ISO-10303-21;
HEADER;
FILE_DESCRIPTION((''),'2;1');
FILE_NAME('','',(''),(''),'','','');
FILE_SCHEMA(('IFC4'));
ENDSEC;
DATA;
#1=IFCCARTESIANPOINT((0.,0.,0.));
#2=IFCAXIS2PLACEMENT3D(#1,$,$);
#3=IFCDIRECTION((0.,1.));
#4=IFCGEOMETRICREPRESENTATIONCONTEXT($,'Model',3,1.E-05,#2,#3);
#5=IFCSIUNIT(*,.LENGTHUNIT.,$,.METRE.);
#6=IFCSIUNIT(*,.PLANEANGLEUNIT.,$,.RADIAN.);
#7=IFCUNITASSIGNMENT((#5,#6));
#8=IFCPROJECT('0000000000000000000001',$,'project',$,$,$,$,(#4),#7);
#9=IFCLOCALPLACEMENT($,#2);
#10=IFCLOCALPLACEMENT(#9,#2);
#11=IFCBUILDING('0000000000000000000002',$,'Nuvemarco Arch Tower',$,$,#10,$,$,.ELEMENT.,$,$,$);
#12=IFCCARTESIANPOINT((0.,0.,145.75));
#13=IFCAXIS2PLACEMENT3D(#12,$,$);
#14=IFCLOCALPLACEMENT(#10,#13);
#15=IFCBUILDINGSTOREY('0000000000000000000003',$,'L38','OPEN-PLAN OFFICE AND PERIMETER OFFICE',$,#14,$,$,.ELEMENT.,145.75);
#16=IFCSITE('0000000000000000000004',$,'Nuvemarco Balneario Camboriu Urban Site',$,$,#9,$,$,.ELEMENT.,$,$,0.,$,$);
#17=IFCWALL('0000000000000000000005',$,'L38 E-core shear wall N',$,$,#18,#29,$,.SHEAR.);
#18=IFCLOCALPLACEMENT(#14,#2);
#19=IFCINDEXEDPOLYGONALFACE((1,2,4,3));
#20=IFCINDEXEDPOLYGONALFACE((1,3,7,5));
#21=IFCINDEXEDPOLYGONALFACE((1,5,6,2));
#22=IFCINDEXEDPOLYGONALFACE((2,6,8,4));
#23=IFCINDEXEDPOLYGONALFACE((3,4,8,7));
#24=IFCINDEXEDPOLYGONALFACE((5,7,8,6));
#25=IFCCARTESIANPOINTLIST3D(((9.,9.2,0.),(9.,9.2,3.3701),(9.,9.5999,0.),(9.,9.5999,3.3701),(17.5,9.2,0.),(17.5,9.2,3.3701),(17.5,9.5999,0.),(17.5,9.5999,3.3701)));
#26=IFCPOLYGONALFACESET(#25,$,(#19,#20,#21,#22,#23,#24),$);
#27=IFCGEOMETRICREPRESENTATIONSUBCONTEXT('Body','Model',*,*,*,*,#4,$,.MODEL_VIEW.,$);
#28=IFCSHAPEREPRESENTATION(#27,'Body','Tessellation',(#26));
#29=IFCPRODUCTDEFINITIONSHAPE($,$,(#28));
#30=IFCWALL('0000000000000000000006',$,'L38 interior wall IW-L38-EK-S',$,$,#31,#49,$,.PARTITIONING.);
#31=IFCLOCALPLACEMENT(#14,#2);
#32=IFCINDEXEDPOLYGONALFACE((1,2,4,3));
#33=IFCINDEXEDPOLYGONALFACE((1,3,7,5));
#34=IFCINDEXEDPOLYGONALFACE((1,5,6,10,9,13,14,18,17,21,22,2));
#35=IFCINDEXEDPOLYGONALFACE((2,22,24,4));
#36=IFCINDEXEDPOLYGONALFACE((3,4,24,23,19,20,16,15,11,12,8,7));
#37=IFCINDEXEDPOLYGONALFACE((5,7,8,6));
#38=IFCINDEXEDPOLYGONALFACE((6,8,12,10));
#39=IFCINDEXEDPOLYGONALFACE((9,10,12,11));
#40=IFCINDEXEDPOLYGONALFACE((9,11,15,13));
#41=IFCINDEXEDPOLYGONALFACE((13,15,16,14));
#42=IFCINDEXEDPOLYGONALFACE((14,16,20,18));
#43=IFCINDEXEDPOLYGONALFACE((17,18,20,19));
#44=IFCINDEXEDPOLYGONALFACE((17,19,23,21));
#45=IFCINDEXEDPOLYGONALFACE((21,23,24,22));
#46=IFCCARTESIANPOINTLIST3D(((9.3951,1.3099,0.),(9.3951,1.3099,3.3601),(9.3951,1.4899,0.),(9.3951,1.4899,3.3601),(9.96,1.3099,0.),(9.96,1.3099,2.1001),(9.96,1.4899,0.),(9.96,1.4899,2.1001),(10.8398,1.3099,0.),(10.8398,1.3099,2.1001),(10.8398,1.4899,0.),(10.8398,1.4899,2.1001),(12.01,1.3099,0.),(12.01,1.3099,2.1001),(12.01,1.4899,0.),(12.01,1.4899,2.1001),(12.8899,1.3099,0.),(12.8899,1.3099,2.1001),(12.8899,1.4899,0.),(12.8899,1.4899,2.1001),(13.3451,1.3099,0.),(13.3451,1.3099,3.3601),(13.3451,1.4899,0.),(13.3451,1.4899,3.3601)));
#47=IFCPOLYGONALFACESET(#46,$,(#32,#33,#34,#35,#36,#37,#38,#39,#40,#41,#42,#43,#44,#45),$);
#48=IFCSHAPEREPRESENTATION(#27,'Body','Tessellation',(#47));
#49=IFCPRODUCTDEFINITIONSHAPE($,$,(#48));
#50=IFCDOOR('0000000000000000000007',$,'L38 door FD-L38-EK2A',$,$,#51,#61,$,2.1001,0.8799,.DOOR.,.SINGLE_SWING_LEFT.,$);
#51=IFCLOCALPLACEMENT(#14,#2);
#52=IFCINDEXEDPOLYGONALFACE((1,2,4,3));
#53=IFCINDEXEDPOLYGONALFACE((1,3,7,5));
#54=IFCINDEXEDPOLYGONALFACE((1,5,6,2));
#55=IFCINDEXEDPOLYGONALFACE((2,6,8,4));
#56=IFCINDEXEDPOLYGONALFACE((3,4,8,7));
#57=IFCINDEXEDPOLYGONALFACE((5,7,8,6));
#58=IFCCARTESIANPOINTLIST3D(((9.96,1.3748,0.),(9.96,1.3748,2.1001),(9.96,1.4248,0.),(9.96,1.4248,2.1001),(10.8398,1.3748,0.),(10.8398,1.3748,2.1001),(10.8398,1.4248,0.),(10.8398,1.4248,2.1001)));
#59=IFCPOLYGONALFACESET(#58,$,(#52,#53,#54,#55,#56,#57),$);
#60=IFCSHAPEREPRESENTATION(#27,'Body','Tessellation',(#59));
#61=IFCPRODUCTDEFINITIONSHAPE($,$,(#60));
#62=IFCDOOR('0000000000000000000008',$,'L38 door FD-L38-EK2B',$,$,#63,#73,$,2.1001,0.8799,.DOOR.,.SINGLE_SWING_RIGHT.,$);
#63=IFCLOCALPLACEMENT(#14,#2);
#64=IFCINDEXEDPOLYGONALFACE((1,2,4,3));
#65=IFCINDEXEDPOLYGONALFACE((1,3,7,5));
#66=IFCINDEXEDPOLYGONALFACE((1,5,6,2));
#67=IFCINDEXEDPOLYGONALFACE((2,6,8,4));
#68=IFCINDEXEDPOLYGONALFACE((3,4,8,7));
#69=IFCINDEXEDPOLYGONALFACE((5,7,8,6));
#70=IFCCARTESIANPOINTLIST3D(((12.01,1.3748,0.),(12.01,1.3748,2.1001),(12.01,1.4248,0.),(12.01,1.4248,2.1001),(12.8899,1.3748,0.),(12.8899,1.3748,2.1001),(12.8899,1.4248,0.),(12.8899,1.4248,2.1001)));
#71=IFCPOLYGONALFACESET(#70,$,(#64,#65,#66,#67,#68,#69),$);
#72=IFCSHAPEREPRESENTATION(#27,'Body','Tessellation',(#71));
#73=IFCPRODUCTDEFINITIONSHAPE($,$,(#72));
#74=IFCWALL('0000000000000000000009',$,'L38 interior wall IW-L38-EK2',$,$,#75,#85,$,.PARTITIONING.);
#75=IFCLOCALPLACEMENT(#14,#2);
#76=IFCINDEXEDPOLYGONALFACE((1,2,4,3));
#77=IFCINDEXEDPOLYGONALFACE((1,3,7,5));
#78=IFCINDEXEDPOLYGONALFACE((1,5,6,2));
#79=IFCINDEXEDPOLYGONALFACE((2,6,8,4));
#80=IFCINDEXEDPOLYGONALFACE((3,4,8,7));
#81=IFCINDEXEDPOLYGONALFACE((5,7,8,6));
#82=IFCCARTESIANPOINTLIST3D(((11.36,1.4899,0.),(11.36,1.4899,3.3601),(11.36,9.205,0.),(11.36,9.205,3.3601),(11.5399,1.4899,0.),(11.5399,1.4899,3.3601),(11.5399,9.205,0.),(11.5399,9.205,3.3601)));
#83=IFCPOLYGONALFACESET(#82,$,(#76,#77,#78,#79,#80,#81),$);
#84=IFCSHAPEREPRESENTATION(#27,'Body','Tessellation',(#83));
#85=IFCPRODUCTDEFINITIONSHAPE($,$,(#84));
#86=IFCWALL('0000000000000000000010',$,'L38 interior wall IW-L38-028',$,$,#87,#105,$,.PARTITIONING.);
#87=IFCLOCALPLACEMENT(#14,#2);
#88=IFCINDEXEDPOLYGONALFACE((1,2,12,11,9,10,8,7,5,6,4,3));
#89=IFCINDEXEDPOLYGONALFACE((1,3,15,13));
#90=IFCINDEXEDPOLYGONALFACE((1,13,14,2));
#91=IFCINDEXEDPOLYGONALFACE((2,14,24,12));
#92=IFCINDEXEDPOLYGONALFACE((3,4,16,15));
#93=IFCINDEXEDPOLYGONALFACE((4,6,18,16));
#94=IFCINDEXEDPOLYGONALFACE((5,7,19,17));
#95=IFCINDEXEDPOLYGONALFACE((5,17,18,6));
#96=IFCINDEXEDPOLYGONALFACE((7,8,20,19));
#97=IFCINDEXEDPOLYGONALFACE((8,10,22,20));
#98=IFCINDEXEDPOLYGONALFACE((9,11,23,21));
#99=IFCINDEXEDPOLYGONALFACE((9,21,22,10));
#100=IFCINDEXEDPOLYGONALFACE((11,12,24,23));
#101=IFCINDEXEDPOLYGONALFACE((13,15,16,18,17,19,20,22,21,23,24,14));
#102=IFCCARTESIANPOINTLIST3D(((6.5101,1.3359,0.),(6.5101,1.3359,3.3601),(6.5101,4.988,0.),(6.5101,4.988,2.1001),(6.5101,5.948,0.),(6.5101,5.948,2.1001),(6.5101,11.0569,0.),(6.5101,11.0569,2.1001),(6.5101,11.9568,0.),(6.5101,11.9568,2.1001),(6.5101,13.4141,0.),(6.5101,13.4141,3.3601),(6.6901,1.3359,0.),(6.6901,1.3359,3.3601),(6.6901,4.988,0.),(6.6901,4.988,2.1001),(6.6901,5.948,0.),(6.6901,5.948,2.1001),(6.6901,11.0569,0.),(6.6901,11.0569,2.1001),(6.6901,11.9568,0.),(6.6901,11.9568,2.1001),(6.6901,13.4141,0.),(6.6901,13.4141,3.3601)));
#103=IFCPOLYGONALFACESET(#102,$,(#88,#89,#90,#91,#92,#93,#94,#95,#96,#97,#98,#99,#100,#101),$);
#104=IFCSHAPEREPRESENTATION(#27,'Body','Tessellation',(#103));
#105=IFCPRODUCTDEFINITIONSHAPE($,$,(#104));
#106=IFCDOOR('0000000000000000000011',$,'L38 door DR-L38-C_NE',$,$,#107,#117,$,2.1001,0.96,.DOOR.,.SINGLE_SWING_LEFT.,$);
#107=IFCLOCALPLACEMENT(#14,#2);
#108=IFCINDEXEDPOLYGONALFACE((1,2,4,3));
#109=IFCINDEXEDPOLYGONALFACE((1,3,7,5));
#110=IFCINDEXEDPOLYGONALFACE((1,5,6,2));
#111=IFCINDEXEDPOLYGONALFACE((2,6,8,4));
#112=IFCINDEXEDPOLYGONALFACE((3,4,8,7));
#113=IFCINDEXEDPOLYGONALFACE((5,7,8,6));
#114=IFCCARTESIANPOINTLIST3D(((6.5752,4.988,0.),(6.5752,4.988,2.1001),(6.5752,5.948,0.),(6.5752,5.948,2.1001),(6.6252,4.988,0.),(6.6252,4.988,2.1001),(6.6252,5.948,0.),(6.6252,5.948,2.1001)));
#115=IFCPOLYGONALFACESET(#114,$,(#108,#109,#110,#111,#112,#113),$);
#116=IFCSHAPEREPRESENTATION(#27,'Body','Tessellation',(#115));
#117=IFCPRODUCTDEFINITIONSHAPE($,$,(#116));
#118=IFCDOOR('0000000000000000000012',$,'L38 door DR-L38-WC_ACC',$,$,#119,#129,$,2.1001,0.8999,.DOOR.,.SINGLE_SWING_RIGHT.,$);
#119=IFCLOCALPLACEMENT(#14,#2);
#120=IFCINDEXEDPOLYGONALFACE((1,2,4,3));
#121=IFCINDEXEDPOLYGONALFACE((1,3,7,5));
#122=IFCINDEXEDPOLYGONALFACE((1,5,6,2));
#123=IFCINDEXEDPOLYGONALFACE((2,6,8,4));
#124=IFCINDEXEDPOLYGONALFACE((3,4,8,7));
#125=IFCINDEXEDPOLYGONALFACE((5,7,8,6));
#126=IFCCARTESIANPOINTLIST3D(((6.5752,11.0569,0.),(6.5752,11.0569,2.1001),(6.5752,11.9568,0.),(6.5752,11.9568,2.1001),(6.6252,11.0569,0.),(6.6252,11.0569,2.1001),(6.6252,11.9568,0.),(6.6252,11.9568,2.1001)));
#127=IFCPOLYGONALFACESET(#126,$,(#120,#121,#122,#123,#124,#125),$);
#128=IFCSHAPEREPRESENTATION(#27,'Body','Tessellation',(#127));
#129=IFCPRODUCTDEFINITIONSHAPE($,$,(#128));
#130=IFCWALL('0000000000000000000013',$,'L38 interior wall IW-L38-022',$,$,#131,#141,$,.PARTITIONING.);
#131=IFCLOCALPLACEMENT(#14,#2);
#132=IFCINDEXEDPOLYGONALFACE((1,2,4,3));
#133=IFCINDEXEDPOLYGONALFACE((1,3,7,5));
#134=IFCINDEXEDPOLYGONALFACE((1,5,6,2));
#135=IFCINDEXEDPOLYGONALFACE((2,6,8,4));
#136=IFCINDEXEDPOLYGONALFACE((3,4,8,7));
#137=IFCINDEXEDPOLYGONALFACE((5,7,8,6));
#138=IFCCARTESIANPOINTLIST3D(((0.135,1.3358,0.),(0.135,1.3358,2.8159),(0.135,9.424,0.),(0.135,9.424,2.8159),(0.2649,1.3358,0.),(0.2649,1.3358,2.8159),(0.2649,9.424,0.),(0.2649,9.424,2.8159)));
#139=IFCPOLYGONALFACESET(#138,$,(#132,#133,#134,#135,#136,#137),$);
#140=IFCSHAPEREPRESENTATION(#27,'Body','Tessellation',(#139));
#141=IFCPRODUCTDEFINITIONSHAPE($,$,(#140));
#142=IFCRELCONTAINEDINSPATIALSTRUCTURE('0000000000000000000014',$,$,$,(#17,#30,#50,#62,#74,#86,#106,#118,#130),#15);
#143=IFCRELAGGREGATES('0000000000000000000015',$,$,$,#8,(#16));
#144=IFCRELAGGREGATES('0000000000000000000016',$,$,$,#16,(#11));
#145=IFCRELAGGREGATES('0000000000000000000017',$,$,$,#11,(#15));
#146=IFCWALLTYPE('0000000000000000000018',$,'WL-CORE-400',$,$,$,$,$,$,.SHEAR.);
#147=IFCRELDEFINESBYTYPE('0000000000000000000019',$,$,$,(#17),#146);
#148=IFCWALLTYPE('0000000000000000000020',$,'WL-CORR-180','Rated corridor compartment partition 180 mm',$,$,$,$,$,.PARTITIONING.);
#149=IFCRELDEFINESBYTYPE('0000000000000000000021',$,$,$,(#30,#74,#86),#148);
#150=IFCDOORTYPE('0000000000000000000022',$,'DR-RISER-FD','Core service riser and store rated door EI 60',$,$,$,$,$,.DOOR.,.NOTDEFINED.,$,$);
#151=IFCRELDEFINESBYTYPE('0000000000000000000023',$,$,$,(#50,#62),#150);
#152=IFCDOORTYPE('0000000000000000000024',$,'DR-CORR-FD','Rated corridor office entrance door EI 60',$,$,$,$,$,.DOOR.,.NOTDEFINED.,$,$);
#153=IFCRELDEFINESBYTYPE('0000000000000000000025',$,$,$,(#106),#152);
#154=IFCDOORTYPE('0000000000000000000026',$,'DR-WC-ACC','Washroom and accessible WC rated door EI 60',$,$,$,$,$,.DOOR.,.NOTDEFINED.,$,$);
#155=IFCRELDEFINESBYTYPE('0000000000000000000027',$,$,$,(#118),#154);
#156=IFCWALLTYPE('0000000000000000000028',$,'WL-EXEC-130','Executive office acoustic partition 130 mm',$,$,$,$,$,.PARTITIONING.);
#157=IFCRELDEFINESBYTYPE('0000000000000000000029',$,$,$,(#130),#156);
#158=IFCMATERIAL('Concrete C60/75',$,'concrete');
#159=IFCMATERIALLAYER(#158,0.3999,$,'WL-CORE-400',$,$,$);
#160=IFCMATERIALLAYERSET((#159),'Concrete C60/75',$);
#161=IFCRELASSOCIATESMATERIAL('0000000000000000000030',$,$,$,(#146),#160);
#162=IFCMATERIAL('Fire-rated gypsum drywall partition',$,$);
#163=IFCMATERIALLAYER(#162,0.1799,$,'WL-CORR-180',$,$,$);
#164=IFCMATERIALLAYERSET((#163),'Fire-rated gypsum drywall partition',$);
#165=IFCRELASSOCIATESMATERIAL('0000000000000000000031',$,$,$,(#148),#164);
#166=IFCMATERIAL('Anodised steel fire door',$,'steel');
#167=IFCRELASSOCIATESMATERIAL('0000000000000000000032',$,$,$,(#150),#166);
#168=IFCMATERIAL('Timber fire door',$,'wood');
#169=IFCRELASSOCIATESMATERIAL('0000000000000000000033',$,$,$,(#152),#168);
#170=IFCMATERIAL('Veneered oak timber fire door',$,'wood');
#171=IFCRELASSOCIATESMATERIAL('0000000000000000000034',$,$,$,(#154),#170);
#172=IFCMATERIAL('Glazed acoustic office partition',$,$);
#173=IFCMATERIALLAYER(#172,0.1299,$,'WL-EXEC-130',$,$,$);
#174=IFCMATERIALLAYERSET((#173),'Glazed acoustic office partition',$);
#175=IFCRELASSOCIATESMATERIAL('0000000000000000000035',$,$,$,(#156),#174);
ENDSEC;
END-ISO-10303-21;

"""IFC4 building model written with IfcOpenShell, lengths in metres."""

from ifc_helpers import new_model, si_unit, direction, frame, frame_2d, origin, place, context, subcontext, project, spatial, rectangle, extrude, source, transform, mapped, material, layer, layer_set, type_object, type_shapes, element, fill, save


model = new_model("IFC4")

# Units and contexts
model_context = context("Model", 3, precision=1e-05, world=origin(), true_north=direction((0.0, 1.0)))
body_context = subcontext(model_context, "Body", "Model", "MODEL_VIEW")
ifc_project = project(units=[si_unit("LENGTHUNIT", "METRE"), si_unit("PLANEANGLEUNIT", "RADIAN")], contexts=[model_context])

# Site, building, storey
site_placement = place(None, origin())
site = spatial("IfcSite", under=ifc_project, at=site_placement, Name="Nuvemarco Balneario Camboriu Urban Site", CompositionType="ELEMENT", RefElevation=0.0)
building_placement = place(site_placement, origin())
building = spatial("IfcBuilding", under=site, at=building_placement, Name="Nuvemarco Arch Tower", CompositionType="ELEMENT")
storey_placement = place(building_placement, frame((0.0, 0.0, 145.75)))
storey = spatial("IfcBuildingStorey", under=building, at=storey_placement, Name="L38", Description="OPEN-PLAN OFFICE AND PERIMETER OFFICE", CompositionType="ELEMENT", Elevation=145.75)

# Shared definitions
ifc_material_1 = material(Name="Concrete C60/75", Category="concrete")

# Wall
ifc_layer_1 = layer(ifc_material_1, 0.3999, Name="WL-CORE-400")
ifc_layer_set_1 = layer_set([ifc_layer_1], Name="Concrete C60/75")
wall_type_1 = type_object("IfcWallType", Name="WL-CORE-400", PredefinedType="SHEAR", material=ifc_layer_set_1)
wall_1_placement = place(storey_placement, frame((9.0, 9.3999, 0.0), z_axis=(0.0, 0.0, 1.0), x_axis=(1.0, 0.0, 0.0)))
element("IfcWall", 1, at=wall_1_placement, inside=storey, type_object=wall_type_1, Name="L38 E-core shear wall N", PredefinedType="SHEAR", context=body_context, shape_type="SweptSolid", body=[
    extrude(rectangle(XDim=8.5, YDim=0.3999, at=frame_2d((4.25, 0.0))), origin(), (0.0, 0.0, 1.0), 3.3701),
])

# Wall, openings, doors
ifc_material_2 = material(Name="Fire-rated gypsum drywall partition")
ifc_layer_2 = layer(ifc_material_2, 0.1799, Name="WL-CORR-180")
ifc_layer_set_2 = layer_set([ifc_layer_2], Name="Fire-rated gypsum drywall partition")
wall_type_2 = type_object("IfcWallType", Name="WL-CORR-180", Description="Rated corridor compartment partition 180 mm", PredefinedType="PARTITIONING", material=ifc_layer_set_2)
wall_2_placement = place(storey_placement, frame((9.395, 1.3999, 0.0), z_axis=(0.0, 0.0, 1.0), x_axis=(1.0, 0.0, 0.0)))
wall_2 = element("IfcWall", 2, at=wall_2_placement, inside=storey, type_object=wall_type_2, Name="L38 interior wall IW-L38-EK-S", PredefinedType="PARTITIONING", context=body_context, shape_type="SweptSolid", body=[
    extrude(rectangle(XDim=3.95, YDim=0.1799, at=frame_2d((1.9751, 0.0))), origin(), (0.0, 0.0, 1.0), 3.3601),
])
opening_1_placement = place(wall_2_placement, frame((0.5649, 0.0, 0.0)))
opening_1 = element("IfcOpeningElement", 3, at=opening_1_placement, cuts=wall_2, PredefinedType="OPENING", context=body_context, shape_type="SweptSolid", body=[
    extrude(rectangle(XDim=0.8799, YDim=2.1001, at=frame_2d((0.4399, 1.05))), frame((0.0, 0.0999, 0.0), z_axis=(0.0, -1.0, 0.0), x_axis=(1.0, 0.0, 0.0)), (0.0, 0.0, 1.0), 0.2),
])
opening_2_placement = place(wall_2_placement, frame((2.615, 0.0, 0.0)))
opening_2 = element("IfcOpeningElement", 4, at=opening_2_placement, cuts=wall_2, PredefinedType="OPENING", context=body_context, shape_type="SweptSolid", body=[
    extrude(rectangle(XDim=0.8799, YDim=2.1001, at=frame_2d((0.4399, 1.05))), frame((0.0, 0.0999, 0.0), z_axis=(0.0, -1.0, 0.0), x_axis=(1.0, 0.0, 0.0)), (0.0, 0.0, 1.0), 0.2),
])
ifc_material_3 = material(Name="Anodised steel fire door", Category="steel")
door_type_1 = type_object("IfcDoorType", Name="DR-RISER-FD", Description="Core service riser and store rated door EI 60", OperationType="NOTDEFINED", PredefinedType="DOOR", material=ifc_material_3)
shared_shape_1 = source(origin(), body_context, "Body", "SweptSolid", [
    extrude(rectangle(XDim=0.8799, YDim=2.1001, at=frame_2d((0.4399, 1.05))), frame((0.0, 0.0249, 0.0), z_axis=(0.0, -1.0, 0.0), x_axis=(1.0, 0.0, 0.0)), (0.0, 0.0, 1.0), 0.05),
])
type_shapes(door_type_1, [shared_shape_1])
door_1_placement = place(opening_1_placement, origin())
door_1 = element("IfcDoor", 5, at=door_1_placement, inside=storey, type_object=door_type_1, Name="L38 door FD-L38-EK2A", OperationType="SINGLE_SWING_LEFT", OverallHeight=2.1001, OverallWidth=0.8799, PredefinedType="DOOR", context=body_context, shape_type="MappedRepresentation", body=[
    mapped(shared_shape_1, transform((0.0, 0.0, 0.0), scale=1.0)),
])
fill(opening_1, door_1)
door_2_placement = place(opening_2_placement, origin())
door_2 = element("IfcDoor", 6, at=door_2_placement, inside=storey, type_object=door_type_1, Name="L38 door FD-L38-EK2B", OperationType="SINGLE_SWING_RIGHT", OverallHeight=2.1001, OverallWidth=0.8799, PredefinedType="DOOR", context=body_context, shape_type="MappedRepresentation", body=[
    mapped(shared_shape_1, transform((0.0, 0.0, 0.0), scale=1.0)),
])
fill(opening_2, door_2)

# Wall
wall_3_placement = place(storey_placement, frame((11.45, 1.49, 0.0), z_axis=(0.0, 0.0, 1.0), x_axis=(0.0, 1.0, 0.0)))
element("IfcWall", 7, at=wall_3_placement, inside=storey, type_object=wall_type_2, Name="L38 interior wall IW-L38-EK2", PredefinedType="PARTITIONING", context=body_context, shape_type="SweptSolid", body=[
    extrude(rectangle(XDim=7.7151, YDim=0.1799, at=frame_2d((3.8574, 0.0))), origin(), (0.0, 0.0, 1.0), 3.3601),
])

# Wall, openings, doors
wall_4_placement = place(storey_placement, frame((6.6001, 1.3359, 0.0), z_axis=(0.0, 0.0, 1.0), x_axis=(0.0, 1.0, 0.0)))
wall_4 = element("IfcWall", 8, at=wall_4_placement, inside=storey, type_object=wall_type_2, Name="L38 interior wall IW-L38-028", PredefinedType="PARTITIONING", context=body_context, shape_type="SweptSolid", body=[
    extrude(rectangle(XDim=12.0781, YDim=0.1799, at=frame_2d((6.0391, 0.0))), origin(), (0.0, 0.0, 1.0), 3.3601),
])
opening_3_placement = place(wall_4_placement, frame((3.6521, 0.0, 0.0)))
opening_3 = element("IfcOpeningElement", 9, at=opening_3_placement, cuts=wall_4, PredefinedType="OPENING", context=body_context, shape_type="SweptSolid", body=[
    extrude(rectangle(XDim=0.96, YDim=2.1001, at=frame_2d((0.48, 1.05))), frame((0.0, 0.0999, 0.0), z_axis=(0.0, -1.0, 0.0), x_axis=(1.0, 0.0, 0.0)), (0.0, 0.0, 1.0), 0.2),
])
opening_4_placement = place(wall_4_placement, frame((9.7209, 0.0, 0.0)))
opening_4 = element("IfcOpeningElement", 10, at=opening_4_placement, cuts=wall_4, PredefinedType="OPENING", context=body_context, shape_type="SweptSolid", body=[
    extrude(rectangle(XDim=0.8999, YDim=2.1001, at=frame_2d((0.45, 1.05))), frame((0.0, 0.0999, 0.0), z_axis=(0.0, -1.0, 0.0), x_axis=(1.0, 0.0, 0.0)), (0.0, 0.0, 1.0), 0.2),
])
ifc_material_4 = material(Name="Timber fire door", Category="wood")
door_type_2 = type_object("IfcDoorType", Name="DR-CORR-FD", Description="Rated corridor office entrance door EI 60", OperationType="NOTDEFINED", PredefinedType="DOOR", material=ifc_material_4)
shared_shape_2 = source(origin(), body_context, "Body", "SweptSolid", [
    extrude(rectangle(XDim=0.96, YDim=2.1001, at=frame_2d((0.48, 1.05))), frame((0.0, 0.0249, 0.0), z_axis=(0.0, -1.0, 0.0), x_axis=(1.0, 0.0, 0.0)), (0.0, 0.0, 1.0), 0.05),
])
type_shapes(door_type_2, [shared_shape_2])
door_3_placement = place(opening_3_placement, origin())
door_3 = element("IfcDoor", 11, at=door_3_placement, inside=storey, type_object=door_type_2, Name="L38 door DR-L38-C_NE", OperationType="SINGLE_SWING_LEFT", OverallHeight=2.1001, OverallWidth=0.96, PredefinedType="DOOR", context=body_context, shape_type="MappedRepresentation", body=[
    mapped(shared_shape_2, transform((0.0, 0.0, 0.0), scale=1.0)),
])
fill(opening_3, door_3)
ifc_material_5 = material(Name="Veneered oak timber fire door", Category="wood")
door_type_3 = type_object("IfcDoorType", Name="DR-WC-ACC", Description="Washroom and accessible WC rated door EI 60", OperationType="NOTDEFINED", PredefinedType="DOOR", material=ifc_material_5)
shared_shape_3 = source(origin(), body_context, "Body", "SweptSolid", [
    extrude(rectangle(XDim=0.8999, YDim=2.1001, at=frame_2d((0.45, 1.05))), frame((0.0, 0.0249, 0.0), z_axis=(0.0, -1.0, 0.0), x_axis=(1.0, 0.0, 0.0)), (0.0, 0.0, 1.0), 0.05),
])
type_shapes(door_type_3, [shared_shape_3])
door_4_placement = place(opening_4_placement, origin())
door_4 = element("IfcDoor", 12, at=door_4_placement, inside=storey, type_object=door_type_3, Name="L38 door DR-L38-WC_ACC", OperationType="SINGLE_SWING_RIGHT", OverallHeight=2.1001, OverallWidth=0.8999, PredefinedType="DOOR", context=body_context, shape_type="MappedRepresentation", body=[
    mapped(shared_shape_3, transform((0.0, 0.0, 0.0), scale=1.0)),
])
fill(opening_4, door_4)

# Wall
ifc_material_6 = material(Name="Glazed acoustic office partition")
ifc_layer_3 = layer(ifc_material_6, 0.1299, Name="WL-EXEC-130")
ifc_layer_set_3 = layer_set([ifc_layer_3], Name="Glazed acoustic office partition")
wall_type_3 = type_object("IfcWallType", Name="WL-EXEC-130", Description="Executive office acoustic partition 130 mm", PredefinedType="PARTITIONING", material=ifc_layer_set_3)
wall_5_placement = place(storey_placement, frame((0.2, 1.3359, 0.0), z_axis=(0.0, 0.0, 1.0), x_axis=(0.0, 1.0, 0.0)))
element("IfcWall", 13, at=wall_5_placement, inside=storey, type_object=wall_type_3, Name="L38 interior wall IW-L38-022", PredefinedType="PARTITIONING", context=body_context, shape_type="SweptSolid", body=[
    extrude(rectangle(XDim=8.0881, YDim=0.1299, at=frame_2d((4.0439, 0.0))), origin(), (0.0, 0.0, 1.0), 2.8159),
])

save(model, "model.ifc")
